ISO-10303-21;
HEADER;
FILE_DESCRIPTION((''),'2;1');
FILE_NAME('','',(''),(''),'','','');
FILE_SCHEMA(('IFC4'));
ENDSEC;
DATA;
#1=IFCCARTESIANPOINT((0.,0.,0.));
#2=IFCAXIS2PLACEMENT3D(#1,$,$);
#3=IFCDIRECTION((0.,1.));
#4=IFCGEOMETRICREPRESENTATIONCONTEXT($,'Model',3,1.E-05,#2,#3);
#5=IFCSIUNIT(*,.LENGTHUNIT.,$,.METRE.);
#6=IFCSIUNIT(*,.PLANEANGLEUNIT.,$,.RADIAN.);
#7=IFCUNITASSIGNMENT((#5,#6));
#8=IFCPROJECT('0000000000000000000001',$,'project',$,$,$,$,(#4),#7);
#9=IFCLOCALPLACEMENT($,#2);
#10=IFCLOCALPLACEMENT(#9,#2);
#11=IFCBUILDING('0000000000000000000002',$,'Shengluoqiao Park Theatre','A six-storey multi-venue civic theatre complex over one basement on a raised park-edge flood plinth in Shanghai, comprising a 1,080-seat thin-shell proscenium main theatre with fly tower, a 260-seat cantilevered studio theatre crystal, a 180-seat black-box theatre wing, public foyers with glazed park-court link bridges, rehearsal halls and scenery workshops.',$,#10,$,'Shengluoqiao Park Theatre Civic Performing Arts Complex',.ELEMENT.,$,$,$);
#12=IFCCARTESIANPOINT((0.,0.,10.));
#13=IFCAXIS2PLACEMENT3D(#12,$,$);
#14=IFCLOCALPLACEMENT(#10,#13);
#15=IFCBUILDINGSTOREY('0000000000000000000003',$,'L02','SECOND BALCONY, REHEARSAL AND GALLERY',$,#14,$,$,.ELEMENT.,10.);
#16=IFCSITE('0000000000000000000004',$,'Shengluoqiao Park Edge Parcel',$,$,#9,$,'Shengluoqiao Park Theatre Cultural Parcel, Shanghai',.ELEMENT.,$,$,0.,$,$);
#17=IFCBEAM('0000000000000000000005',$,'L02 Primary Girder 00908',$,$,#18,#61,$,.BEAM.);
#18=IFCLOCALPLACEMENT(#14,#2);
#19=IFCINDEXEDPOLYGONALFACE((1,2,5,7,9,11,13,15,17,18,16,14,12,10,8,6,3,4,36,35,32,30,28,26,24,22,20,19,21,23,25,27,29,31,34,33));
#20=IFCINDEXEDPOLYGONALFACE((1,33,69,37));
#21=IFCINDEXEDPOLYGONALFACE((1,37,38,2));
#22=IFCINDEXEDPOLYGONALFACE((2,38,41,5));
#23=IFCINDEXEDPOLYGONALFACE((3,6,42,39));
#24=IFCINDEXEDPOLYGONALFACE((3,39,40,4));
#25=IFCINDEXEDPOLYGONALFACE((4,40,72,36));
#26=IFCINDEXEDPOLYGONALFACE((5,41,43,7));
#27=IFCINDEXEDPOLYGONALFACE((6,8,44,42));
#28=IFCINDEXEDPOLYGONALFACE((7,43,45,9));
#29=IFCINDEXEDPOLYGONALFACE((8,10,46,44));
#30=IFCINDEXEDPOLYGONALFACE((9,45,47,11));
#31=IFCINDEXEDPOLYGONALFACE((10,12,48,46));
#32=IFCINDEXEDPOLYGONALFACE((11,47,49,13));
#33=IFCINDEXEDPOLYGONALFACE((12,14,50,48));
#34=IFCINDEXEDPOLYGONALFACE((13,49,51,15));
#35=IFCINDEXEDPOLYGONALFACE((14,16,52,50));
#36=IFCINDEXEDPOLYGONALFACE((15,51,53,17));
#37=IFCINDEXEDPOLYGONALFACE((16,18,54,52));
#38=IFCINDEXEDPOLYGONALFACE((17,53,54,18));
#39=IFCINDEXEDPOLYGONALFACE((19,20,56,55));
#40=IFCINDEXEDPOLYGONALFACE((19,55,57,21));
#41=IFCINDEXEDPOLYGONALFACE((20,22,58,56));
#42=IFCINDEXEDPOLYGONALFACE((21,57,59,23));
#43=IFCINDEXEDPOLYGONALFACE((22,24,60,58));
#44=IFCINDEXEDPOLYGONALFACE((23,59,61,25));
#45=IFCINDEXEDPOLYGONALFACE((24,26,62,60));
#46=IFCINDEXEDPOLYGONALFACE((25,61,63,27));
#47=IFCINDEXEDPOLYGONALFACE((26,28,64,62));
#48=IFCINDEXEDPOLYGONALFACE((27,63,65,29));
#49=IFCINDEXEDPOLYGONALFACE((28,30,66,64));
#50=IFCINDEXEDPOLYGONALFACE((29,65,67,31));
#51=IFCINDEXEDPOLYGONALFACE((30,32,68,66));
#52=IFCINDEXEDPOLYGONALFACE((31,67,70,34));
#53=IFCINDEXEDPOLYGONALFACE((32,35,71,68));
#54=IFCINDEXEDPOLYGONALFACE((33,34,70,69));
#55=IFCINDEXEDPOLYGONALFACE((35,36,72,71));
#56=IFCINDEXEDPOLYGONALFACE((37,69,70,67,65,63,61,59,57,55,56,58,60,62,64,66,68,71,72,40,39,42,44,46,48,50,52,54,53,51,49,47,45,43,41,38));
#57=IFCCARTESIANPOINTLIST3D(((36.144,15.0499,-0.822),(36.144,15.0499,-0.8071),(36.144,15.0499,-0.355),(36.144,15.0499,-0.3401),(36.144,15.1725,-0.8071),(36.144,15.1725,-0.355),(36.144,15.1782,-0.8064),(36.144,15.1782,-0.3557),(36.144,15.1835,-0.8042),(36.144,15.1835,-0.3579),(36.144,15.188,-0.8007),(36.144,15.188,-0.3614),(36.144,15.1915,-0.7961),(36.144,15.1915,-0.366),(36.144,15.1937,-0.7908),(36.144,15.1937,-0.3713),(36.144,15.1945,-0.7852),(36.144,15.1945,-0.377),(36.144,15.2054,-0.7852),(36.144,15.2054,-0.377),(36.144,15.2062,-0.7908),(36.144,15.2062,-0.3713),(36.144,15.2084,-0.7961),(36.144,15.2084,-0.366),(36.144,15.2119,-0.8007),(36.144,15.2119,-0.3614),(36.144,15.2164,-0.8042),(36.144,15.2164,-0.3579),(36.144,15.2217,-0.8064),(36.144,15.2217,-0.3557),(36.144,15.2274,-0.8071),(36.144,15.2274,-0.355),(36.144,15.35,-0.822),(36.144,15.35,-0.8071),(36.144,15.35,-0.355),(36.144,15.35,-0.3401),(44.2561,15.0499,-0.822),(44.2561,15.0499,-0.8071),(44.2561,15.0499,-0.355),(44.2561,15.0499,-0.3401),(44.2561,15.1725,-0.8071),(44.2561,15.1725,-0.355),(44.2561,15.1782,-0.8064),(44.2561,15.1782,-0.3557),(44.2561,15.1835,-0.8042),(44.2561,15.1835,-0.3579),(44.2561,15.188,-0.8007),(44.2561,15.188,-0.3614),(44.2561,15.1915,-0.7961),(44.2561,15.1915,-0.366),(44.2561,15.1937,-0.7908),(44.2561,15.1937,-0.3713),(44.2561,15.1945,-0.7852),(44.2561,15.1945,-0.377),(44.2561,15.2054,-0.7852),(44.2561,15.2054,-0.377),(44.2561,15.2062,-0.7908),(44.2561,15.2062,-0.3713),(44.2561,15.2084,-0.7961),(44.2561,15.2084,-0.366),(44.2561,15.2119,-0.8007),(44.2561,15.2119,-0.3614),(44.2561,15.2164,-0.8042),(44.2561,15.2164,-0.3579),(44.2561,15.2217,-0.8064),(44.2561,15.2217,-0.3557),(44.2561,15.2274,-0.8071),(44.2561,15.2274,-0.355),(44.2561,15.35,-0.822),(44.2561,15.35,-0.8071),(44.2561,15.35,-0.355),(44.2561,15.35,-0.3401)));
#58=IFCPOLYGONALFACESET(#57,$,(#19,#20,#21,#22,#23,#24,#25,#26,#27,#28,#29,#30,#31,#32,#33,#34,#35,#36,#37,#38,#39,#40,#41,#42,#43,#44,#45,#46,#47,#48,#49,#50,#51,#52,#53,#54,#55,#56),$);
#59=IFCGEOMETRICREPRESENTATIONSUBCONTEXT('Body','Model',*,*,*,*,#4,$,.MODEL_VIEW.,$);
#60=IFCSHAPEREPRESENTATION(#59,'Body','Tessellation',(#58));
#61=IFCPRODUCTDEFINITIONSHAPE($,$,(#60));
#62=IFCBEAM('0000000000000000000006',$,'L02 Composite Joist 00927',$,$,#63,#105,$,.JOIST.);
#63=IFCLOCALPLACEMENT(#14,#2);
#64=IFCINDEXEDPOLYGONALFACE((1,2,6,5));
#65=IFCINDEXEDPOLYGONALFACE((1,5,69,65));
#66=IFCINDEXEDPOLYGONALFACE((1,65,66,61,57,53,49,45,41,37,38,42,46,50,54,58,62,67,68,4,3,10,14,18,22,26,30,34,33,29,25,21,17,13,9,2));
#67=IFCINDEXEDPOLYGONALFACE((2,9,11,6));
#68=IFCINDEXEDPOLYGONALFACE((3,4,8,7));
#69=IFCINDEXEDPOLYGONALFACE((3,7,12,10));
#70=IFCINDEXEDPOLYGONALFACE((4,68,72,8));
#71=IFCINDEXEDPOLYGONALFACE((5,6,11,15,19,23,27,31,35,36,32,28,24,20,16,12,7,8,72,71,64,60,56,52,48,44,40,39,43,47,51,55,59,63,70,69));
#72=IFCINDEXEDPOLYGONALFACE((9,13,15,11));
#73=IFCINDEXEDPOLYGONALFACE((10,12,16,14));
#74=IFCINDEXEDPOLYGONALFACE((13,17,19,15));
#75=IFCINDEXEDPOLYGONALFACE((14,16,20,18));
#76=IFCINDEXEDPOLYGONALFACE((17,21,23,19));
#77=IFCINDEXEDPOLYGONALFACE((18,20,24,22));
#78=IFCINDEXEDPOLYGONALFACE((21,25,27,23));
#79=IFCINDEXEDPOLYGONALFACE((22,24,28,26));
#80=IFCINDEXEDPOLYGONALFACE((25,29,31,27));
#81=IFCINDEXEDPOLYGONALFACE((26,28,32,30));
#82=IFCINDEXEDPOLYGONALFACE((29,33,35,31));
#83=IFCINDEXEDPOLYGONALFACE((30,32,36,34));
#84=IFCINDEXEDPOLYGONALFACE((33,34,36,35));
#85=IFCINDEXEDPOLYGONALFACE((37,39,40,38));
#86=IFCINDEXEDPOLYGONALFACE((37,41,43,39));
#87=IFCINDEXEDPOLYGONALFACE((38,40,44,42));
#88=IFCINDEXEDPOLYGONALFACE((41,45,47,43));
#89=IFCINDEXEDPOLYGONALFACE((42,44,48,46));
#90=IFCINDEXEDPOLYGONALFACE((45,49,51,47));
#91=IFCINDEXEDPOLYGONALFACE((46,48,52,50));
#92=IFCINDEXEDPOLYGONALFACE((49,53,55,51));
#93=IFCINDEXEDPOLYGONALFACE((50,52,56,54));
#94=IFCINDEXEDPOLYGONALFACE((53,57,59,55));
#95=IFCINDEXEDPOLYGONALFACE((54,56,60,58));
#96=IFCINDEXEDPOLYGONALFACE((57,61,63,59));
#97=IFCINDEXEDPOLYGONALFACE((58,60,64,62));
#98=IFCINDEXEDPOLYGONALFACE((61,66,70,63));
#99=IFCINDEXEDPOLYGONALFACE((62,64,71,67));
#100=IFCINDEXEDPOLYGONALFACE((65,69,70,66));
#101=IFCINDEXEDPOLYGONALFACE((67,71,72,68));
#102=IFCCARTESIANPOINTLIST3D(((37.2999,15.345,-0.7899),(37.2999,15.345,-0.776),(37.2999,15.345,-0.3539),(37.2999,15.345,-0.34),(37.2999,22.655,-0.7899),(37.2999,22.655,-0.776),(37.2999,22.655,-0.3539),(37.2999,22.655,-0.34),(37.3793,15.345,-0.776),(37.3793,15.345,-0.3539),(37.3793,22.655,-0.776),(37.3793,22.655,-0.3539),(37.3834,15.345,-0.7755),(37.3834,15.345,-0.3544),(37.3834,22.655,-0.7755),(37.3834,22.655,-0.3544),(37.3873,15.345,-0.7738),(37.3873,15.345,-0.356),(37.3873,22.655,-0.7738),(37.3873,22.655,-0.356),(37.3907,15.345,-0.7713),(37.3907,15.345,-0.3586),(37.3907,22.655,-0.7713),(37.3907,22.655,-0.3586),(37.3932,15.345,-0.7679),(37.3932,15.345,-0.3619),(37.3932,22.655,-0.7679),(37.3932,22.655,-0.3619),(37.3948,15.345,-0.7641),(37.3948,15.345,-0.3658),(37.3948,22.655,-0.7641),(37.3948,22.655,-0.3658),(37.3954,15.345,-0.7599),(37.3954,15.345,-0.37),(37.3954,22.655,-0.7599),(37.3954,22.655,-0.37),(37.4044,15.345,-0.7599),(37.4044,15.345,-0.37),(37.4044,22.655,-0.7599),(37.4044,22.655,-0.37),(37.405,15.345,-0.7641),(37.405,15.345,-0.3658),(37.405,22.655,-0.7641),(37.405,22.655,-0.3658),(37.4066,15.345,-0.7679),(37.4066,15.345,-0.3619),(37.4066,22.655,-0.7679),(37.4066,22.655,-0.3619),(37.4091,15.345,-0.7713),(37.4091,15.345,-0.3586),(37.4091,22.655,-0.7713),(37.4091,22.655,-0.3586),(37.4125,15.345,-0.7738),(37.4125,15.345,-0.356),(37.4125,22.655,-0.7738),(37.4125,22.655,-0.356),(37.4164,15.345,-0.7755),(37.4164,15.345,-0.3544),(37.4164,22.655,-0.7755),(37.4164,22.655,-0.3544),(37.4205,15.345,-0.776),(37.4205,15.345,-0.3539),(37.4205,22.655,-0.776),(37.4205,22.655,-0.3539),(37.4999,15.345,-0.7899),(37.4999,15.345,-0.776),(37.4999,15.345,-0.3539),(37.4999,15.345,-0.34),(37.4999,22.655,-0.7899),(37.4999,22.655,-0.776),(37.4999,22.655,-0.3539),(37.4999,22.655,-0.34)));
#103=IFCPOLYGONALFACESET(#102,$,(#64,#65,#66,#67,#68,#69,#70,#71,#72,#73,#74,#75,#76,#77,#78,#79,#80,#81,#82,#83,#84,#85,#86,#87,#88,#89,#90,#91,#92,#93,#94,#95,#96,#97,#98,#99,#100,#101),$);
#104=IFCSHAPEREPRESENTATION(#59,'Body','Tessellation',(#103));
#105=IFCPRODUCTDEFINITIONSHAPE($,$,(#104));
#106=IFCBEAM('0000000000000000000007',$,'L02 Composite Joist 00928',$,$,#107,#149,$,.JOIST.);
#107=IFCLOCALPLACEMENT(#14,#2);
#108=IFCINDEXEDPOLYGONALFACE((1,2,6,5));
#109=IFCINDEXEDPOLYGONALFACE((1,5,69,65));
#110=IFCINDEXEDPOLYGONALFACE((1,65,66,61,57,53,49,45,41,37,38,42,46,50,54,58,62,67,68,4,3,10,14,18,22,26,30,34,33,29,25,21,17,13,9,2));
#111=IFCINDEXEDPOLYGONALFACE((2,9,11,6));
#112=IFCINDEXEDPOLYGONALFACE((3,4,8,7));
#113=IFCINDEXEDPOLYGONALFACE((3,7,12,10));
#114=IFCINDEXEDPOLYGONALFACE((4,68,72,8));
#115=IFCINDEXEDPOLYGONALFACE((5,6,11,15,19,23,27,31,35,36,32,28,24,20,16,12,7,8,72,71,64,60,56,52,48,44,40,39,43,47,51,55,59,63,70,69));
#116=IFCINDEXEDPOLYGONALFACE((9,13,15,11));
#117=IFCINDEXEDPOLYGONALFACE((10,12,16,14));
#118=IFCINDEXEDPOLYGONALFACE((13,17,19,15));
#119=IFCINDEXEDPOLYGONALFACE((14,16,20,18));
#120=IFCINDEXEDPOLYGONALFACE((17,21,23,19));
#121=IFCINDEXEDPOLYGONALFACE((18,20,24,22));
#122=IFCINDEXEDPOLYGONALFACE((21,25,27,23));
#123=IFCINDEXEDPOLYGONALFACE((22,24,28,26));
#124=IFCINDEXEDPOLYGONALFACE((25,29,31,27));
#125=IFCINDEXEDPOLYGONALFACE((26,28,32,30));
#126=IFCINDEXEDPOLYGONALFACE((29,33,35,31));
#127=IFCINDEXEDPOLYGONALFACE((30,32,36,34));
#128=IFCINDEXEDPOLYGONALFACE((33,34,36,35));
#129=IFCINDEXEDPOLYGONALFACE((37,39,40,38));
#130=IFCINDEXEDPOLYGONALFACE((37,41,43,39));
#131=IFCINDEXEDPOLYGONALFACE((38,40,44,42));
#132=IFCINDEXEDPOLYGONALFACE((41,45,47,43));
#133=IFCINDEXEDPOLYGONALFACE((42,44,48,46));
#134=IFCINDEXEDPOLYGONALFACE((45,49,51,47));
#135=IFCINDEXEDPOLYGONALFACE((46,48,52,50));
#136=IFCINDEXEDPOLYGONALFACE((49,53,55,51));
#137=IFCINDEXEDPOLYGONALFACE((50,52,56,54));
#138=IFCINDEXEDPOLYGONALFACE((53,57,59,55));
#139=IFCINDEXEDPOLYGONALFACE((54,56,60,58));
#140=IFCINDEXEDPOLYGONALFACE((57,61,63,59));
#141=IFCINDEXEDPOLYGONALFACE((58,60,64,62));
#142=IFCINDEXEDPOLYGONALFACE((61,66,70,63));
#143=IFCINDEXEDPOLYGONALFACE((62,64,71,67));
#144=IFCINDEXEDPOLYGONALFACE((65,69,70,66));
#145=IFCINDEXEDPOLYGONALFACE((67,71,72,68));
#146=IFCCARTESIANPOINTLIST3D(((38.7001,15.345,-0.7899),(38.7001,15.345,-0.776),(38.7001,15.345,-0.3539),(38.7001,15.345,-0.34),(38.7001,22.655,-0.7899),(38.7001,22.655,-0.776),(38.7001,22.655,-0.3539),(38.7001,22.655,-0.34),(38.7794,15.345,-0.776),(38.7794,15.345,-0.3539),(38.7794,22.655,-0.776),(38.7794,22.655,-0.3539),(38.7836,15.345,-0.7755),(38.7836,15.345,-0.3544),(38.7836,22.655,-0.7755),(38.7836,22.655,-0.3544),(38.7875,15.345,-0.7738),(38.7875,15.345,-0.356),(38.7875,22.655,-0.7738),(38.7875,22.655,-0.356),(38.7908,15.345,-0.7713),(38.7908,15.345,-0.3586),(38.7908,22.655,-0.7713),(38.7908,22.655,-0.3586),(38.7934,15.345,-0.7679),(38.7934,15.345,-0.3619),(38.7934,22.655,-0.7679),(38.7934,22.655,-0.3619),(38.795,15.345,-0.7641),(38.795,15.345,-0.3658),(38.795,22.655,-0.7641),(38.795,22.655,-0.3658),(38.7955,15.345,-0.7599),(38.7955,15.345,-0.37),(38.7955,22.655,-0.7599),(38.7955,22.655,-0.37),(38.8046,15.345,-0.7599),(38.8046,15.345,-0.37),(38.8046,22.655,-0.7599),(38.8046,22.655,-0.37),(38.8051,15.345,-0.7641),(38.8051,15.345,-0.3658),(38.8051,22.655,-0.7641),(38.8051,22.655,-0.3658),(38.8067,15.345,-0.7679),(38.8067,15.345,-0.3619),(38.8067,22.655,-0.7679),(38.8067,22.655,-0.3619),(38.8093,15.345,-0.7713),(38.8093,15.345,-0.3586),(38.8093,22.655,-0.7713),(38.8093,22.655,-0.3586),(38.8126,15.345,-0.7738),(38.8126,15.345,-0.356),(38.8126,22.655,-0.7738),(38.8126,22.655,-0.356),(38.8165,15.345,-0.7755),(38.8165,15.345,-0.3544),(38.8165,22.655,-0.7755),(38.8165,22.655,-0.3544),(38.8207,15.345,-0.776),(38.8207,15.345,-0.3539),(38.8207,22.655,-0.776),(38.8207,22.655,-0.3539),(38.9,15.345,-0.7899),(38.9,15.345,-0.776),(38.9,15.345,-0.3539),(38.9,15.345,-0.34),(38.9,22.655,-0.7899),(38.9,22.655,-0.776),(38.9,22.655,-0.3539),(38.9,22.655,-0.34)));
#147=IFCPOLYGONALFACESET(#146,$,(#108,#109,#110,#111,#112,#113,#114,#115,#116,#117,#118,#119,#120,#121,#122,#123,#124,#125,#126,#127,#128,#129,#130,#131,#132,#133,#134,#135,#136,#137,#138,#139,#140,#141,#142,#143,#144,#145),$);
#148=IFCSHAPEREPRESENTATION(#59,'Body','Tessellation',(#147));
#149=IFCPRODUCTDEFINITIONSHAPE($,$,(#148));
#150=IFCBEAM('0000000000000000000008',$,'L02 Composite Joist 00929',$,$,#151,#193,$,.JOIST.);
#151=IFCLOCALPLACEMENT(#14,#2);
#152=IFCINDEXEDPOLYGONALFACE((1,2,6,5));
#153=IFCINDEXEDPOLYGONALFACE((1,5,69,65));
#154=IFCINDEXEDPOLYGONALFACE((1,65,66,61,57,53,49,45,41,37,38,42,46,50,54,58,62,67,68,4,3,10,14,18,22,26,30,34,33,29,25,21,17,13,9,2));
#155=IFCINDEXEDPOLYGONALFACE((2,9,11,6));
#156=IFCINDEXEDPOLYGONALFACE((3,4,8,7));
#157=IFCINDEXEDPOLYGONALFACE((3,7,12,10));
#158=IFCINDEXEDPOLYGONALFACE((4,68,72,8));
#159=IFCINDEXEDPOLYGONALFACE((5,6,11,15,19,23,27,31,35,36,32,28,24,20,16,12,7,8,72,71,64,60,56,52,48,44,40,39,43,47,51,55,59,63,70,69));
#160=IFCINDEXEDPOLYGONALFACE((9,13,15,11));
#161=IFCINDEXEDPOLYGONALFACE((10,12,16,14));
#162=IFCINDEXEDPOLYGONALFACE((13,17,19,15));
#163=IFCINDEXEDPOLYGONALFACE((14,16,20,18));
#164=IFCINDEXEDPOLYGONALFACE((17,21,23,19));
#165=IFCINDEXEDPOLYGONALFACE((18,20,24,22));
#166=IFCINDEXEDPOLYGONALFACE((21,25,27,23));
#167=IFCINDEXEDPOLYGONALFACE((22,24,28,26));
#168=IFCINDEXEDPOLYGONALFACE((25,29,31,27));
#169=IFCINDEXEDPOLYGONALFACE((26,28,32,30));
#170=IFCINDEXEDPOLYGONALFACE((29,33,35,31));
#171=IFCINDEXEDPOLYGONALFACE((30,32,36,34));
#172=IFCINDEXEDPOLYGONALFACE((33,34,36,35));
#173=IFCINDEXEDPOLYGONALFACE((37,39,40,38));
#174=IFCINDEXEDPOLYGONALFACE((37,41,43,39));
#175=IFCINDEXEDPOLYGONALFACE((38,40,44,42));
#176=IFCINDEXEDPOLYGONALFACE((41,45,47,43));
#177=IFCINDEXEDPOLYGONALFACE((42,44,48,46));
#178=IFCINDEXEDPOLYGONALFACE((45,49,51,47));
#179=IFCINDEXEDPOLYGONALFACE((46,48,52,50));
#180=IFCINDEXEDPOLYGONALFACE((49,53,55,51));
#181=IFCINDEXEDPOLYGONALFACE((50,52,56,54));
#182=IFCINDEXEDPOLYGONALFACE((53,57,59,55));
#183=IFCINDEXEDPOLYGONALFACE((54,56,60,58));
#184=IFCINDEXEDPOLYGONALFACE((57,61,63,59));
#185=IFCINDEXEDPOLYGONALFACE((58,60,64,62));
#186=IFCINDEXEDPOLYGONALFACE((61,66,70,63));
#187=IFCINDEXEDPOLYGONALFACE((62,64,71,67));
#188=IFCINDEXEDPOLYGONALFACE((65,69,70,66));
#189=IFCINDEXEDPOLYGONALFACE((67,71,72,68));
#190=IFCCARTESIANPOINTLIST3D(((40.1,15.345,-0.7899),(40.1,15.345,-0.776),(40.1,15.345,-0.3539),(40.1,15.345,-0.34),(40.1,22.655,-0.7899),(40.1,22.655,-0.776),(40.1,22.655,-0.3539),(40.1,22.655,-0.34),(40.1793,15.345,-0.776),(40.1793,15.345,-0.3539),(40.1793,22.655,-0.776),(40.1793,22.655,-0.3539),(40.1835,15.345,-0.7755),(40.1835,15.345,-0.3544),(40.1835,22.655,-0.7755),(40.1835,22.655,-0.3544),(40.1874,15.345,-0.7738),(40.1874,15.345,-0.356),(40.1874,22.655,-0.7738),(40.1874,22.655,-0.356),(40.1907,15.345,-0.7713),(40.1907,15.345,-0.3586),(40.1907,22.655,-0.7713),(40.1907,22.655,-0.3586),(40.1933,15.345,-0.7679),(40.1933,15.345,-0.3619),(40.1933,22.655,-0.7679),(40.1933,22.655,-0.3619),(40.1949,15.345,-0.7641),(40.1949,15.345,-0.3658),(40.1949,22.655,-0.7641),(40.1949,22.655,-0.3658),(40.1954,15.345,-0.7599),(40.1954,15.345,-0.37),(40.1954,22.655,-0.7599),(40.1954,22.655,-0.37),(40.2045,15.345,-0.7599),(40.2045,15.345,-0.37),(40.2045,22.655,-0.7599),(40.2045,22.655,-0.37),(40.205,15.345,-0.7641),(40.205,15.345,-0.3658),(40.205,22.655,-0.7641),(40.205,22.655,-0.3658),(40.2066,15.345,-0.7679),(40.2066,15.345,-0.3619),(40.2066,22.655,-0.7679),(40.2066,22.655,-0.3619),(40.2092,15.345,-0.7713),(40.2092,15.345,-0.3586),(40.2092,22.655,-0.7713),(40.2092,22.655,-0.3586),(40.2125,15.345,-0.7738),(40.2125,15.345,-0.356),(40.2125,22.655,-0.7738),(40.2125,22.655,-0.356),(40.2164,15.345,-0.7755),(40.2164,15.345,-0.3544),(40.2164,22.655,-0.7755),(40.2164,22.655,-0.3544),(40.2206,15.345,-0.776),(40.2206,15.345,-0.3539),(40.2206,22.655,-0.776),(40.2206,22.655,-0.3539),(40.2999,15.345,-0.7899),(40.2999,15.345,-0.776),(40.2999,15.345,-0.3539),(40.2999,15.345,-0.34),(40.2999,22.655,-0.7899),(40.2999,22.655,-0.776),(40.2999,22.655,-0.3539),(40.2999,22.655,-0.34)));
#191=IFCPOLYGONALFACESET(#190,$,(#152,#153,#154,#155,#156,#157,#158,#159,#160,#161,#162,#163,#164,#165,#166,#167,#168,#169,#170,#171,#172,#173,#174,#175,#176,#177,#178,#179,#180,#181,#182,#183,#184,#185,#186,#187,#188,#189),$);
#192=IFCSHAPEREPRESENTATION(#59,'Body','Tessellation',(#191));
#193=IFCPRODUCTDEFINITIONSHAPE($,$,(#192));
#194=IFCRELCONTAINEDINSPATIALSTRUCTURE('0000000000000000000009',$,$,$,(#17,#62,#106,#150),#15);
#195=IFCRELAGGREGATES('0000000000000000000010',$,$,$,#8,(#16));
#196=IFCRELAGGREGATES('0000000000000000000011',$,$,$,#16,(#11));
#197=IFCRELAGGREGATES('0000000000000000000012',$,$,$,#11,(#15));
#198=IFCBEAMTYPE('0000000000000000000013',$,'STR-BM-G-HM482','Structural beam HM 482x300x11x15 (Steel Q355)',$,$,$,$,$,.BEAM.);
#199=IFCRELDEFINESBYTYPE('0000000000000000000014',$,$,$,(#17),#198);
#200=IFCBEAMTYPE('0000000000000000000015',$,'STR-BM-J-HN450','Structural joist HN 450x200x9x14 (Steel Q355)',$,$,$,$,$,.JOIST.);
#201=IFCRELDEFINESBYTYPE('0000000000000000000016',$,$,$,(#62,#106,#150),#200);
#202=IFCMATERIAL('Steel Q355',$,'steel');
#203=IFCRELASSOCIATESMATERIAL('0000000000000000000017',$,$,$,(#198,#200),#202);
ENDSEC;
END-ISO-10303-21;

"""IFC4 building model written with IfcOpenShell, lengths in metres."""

from ifc_helpers import new_model, si_unit, direction, frame, origin, origin_2d, place, context, subcontext, project, spatial, i_section, extrude, material, material_profile, profile_set, type_object, element, save


model = new_model("IFC4")

# Units and contexts
model_context = context("Model", 3, precision=1e-05, world=origin(), true_north=direction((0.0, 1.0)))
body_context = subcontext(model_context, "Body", "Model", "MODEL_VIEW")
ifc_project = project(units=[si_unit("LENGTHUNIT", "METRE"), si_unit("PLANEANGLEUNIT", "RADIAN")], contexts=[model_context])

# Site, building, storey
site_placement = place(None, origin())
site = spatial("IfcSite", under=ifc_project, at=site_placement, Name="Shengluoqiao Park Edge Parcel", LongName="Shengluoqiao Park Theatre Cultural Parcel, Shanghai", CompositionType="ELEMENT", RefElevation=0.0)
building_placement = place(site_placement, origin())
building = spatial("IfcBuilding", under=site, at=building_placement, Name="Shengluoqiao Park Theatre", Description="A six-storey multi-venue civic theatre complex over one basement on a raised park-edge flood plinth in Shanghai, comprising a 1,080-seat thin-shell proscenium main theatre with fly tower, a 260-seat cantilevered studio theatre crystal, a 180-seat black-box theatre wing, public foyers with glazed park-court link bridges, rehearsal halls and scenery workshops.", LongName="Shengluoqiao Park Theatre Civic Performing Arts Complex", CompositionType="ELEMENT")
storey_placement = place(building_placement, frame((0.0, 0.0, 10.0)))
storey = spatial("IfcBuildingStorey", under=building, at=storey_placement, Name="L02", Description="SECOND BALCONY, REHEARSAL AND GALLERY", CompositionType="ELEMENT", Elevation=10.0)

# Shared definitions
ifc_material_1 = material(Name="Steel Q355", Category="steel")

# Beams
ifc_material_profile_1 = material_profile(ifc_material_1, i_section(OverallWidth=0.3, OverallDepth=0.4819, WebThickness=0.011, FlangeThickness=0.0149, FilletRadius=0.022, at=origin_2d()), Name="HM 482x300x11x15")
ifc_profile_set_1 = profile_set([ifc_material_profile_1], Name="Steel Q355")
beam_type_1 = type_object("IfcBeamType", Name="STR-BM-G-HM482", Description="Structural beam HM 482x300x11x15 (Steel Q355)", PredefinedType="BEAM", material=ifc_profile_set_1)
beam_placement = place(storey_placement, frame((36.144, 15.2, -0.5811), z_axis=(1.0, 0.0, 0.0), x_axis=(0.0, 1.0, 0.0)))
element("IfcBeam", 1, at=beam_placement, inside=storey, type_object=beam_type_1, Name="L02 Primary Girder 00908", PredefinedType="BEAM", context=body_context, shape_type="SweptSolid", body=[
    extrude(i_section(OverallWidth=0.3, OverallDepth=0.4819, WebThickness=0.011, FlangeThickness=0.0149, FilletRadius=0.022, at=origin_2d()), origin(), (0.0, 0.0, 1.0), 8.1121),
])
ifc_material_profile_2 = material_profile(ifc_material_1, i_section(OverallWidth=0.2, OverallDepth=0.45, WebThickness=0.009, FlangeThickness=0.0139, FilletRadius=0.0161, at=origin_2d()), Name="HN 450x200x9x14")
ifc_profile_set_2 = profile_set([ifc_material_profile_2], Name="Steel Q355")
beam_type_2 = type_object("IfcBeamType", Name="STR-BM-J-HN450", Description="Structural joist HN 450x200x9x14 (Steel Q355)", PredefinedType="JOIST", material=ifc_profile_set_2)
for number, where, z_axis, x_axis, name in (
    (2, (37.3999, 15.345, -0.5649), (0.0, 1.0, 0.0), (-1.0, 0.0, 0.0), "L02 Composite Joist 00927"),
    (3, (38.8, 15.345, -0.5649), (0.0, 1.0, 0.0), (-1.0, 0.0, 0.0), "L02 Composite Joist 00928"),
    (4, (40.2, 15.345, -0.5649), (0.0, 1.0, 0.0), (-1.0, 0.0, 0.0), "L02 Composite Joist 00929"),
):
    element("IfcBeam", number, at=place(storey_placement, frame(where, z_axis=z_axis, x_axis=x_axis)), inside=storey, type_object=beam_type_2, Name=name, PredefinedType="JOIST", context=body_context, shape_type="SweptSolid", body=[
        extrude(i_section(OverallWidth=0.2, OverallDepth=0.45, WebThickness=0.009, FlangeThickness=0.0139, FilletRadius=0.0161, at=origin_2d()), origin(), (0.0, 0.0, 1.0), 7.3101),
    ])

save(model, "model.ifc")
